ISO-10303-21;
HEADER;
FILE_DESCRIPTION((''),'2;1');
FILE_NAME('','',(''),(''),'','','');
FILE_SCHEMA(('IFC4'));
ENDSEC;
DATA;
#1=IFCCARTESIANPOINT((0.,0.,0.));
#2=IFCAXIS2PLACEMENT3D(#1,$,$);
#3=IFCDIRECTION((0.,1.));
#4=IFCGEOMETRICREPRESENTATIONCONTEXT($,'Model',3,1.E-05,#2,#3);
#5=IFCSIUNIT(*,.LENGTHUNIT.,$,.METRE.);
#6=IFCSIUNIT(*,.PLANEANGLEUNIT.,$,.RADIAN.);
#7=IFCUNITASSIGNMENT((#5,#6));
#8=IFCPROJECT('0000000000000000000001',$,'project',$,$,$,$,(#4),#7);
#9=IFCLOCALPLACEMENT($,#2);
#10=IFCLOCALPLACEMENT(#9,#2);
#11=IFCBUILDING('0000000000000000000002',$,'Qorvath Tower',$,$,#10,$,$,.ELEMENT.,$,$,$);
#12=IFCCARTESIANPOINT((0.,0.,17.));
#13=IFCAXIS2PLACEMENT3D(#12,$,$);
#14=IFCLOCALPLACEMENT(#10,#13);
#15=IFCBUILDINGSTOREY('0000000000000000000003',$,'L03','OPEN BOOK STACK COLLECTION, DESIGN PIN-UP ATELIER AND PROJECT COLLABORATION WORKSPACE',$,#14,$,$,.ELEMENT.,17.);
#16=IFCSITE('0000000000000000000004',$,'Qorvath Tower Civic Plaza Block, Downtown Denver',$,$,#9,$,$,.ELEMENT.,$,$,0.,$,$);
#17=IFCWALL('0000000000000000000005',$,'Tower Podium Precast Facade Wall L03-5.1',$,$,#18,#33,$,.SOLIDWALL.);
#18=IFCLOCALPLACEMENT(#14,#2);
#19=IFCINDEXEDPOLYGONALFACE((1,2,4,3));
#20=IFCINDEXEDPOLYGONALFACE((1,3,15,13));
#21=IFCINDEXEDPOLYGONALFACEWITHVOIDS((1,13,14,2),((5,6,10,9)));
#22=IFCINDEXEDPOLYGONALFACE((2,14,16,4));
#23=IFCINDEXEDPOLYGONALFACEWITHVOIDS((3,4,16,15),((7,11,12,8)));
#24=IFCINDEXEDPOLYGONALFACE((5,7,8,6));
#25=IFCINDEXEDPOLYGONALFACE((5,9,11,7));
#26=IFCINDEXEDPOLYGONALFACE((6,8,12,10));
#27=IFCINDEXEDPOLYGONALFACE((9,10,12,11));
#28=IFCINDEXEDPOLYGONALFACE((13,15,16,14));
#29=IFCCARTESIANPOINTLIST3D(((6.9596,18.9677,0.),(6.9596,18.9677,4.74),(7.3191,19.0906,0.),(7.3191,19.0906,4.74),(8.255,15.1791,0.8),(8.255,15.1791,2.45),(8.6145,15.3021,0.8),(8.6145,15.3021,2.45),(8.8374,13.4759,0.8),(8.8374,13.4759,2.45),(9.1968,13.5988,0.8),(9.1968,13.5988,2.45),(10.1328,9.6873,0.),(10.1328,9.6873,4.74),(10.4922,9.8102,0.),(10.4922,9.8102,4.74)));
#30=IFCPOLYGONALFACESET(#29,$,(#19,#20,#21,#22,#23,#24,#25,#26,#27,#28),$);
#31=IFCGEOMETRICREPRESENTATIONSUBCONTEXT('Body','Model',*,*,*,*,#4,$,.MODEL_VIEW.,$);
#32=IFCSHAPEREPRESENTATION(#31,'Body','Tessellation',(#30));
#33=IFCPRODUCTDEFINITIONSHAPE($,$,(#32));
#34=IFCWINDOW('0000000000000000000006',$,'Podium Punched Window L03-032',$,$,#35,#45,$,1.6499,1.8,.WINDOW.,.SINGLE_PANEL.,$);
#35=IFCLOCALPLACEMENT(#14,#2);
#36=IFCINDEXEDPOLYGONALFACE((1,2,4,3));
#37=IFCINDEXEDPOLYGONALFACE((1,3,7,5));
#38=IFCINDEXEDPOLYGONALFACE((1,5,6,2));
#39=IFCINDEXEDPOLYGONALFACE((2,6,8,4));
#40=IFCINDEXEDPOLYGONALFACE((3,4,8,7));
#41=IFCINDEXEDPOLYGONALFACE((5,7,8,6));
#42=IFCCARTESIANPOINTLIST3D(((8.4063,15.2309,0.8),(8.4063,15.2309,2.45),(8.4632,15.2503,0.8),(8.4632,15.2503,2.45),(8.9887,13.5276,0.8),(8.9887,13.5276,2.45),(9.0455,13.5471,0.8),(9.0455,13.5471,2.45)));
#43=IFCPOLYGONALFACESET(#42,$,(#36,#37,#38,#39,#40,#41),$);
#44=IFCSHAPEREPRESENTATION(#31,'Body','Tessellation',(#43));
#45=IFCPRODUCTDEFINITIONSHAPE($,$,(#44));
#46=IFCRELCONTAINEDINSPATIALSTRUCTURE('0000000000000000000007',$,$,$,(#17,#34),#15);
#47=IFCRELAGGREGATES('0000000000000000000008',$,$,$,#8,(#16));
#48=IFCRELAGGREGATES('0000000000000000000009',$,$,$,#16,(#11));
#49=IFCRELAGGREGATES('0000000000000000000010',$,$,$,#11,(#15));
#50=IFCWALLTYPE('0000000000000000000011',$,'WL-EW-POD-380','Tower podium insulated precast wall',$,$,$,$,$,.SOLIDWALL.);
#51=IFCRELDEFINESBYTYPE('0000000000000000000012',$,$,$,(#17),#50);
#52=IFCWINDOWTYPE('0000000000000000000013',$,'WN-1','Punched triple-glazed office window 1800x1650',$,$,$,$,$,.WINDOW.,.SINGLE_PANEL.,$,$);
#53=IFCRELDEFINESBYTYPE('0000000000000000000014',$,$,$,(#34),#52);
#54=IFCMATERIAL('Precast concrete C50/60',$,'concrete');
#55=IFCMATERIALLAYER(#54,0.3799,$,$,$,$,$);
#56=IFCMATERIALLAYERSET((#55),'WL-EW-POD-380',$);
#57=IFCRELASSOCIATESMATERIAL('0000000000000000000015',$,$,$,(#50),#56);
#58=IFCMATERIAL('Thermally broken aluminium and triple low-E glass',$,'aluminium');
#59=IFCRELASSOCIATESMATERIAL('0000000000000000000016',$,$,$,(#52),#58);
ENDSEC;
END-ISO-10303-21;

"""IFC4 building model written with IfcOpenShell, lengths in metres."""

from ifc_helpers import new_model, si_unit, direction, frame, frame_2d, origin, place, context, subcontext, project, spatial, rectangle, extrude, material, layer, layer_set, type_object, element, fill, save


model = new_model("IFC4")

# Units and contexts
model_context = context("Model", 3, precision=1e-05, world=origin(), true_north=direction((0.0, 1.0)))
body_context = subcontext(model_context, "Body", "Model", "MODEL_VIEW")
ifc_project = project(units=[si_unit("LENGTHUNIT", "METRE"), si_unit("PLANEANGLEUNIT", "RADIAN")], contexts=[model_context])

# Site, building, storey
site_placement = place(None, origin())
site = spatial("IfcSite", under=ifc_project, at=site_placement, Name="Qorvath Tower Civic Plaza Block, Downtown Denver", CompositionType="ELEMENT", RefElevation=0.0)
building_placement = place(site_placement, origin())
building = spatial("IfcBuilding", under=site, at=building_placement, Name="Qorvath Tower", CompositionType="ELEMENT")
storey_placement = place(building_placement, frame((0.0, 0.0, 17.0)))
storey = spatial("IfcBuildingStorey", under=building, at=storey_placement, Name="L03", Description="OPEN BOOK STACK COLLECTION, DESIGN PIN-UP ATELIER AND PROJECT COLLABORATION WORKSPACE", CompositionType="ELEMENT", Elevation=17.0)

# Wall, opening, window
ifc_material_1 = material(Name="Precast concrete C50/60", Category="concrete")
ifc_layer_1 = layer(ifc_material_1, 0.3799)
ifc_layer_set_1 = layer_set([ifc_layer_1], Name="WL-EW-POD-380")
wall_type_1 = type_object("IfcWallType", Name="WL-EW-POD-380", Description="Tower podium insulated precast wall", PredefinedType="SOLIDWALL", material=ifc_layer_set_1)
wall_1_placement = place(storey_placement, frame((7.1394, 19.0291, 0.0), z_axis=(0.0, 0.0, 1.0), x_axis=(0.323529, -0.946218, 0.0)))
wall_1 = element("IfcWall", 1, at=wall_1_placement, inside=storey, type_object=wall_type_1, Name="Tower Podium Precast Facade Wall L03-5.1", PredefinedType="SOLIDWALL", context=body_context, shape_type="SweptSolid", body=[
    extrude(rectangle(XDim=9.8079, YDim=0.3799, at=frame_2d((4.9038, 0.0))), origin(), (0.0, 0.0, 1.0), 4.74),
])
opening_placement = place(wall_1_placement, frame((4.0039, 0.0, 0.8)))
opening = element("IfcOpeningElement", 2, at=opening_placement, cuts=wall_1, PredefinedType="OPENING", context=body_context, shape_type="SweptSolid", body=[
    extrude(rectangle(XDim=1.8, YDim=1.6499, at=frame_2d((0.8999, 0.825))), frame((0.0, 0.2, 0.0), z_axis=(0.0, -1.0, 0.0), x_axis=(1.0, 0.0, 0.0)), (0.0, 0.0, 1.0), 0.3999),
])
ifc_material_2 = material(Name="Thermally broken aluminium and triple low-E glass", Category="aluminium")
window_type = type_object("IfcWindowType", Name="WN-1", Description="Punched triple-glazed office window 1800x1650", PartitioningType="SINGLE_PANEL", PredefinedType="WINDOW", material=ifc_material_2)
window_placement = place(opening_placement, origin())
window = element("IfcWindow", 3, at=window_placement, inside=storey, type_object=window_type, Name="Podium Punched Window L03-032", OverallHeight=1.6499, OverallWidth=1.8, PartitioningType="SINGLE_PANEL", PredefinedType="WINDOW", context=body_context, shape_type="SweptSolid", body=[
    extrude(rectangle(XDim=1.8, YDim=1.6499, at=frame_2d((0.8999, 0.825))), frame((0.0, 0.03, 0.0), z_axis=(0.0, -1.0, 0.0), x_axis=(1.0, 0.0, 0.0)), (0.0, 0.0, 1.0), 0.0601),
])
fill(opening, window)

save(model, "model.ifc")
